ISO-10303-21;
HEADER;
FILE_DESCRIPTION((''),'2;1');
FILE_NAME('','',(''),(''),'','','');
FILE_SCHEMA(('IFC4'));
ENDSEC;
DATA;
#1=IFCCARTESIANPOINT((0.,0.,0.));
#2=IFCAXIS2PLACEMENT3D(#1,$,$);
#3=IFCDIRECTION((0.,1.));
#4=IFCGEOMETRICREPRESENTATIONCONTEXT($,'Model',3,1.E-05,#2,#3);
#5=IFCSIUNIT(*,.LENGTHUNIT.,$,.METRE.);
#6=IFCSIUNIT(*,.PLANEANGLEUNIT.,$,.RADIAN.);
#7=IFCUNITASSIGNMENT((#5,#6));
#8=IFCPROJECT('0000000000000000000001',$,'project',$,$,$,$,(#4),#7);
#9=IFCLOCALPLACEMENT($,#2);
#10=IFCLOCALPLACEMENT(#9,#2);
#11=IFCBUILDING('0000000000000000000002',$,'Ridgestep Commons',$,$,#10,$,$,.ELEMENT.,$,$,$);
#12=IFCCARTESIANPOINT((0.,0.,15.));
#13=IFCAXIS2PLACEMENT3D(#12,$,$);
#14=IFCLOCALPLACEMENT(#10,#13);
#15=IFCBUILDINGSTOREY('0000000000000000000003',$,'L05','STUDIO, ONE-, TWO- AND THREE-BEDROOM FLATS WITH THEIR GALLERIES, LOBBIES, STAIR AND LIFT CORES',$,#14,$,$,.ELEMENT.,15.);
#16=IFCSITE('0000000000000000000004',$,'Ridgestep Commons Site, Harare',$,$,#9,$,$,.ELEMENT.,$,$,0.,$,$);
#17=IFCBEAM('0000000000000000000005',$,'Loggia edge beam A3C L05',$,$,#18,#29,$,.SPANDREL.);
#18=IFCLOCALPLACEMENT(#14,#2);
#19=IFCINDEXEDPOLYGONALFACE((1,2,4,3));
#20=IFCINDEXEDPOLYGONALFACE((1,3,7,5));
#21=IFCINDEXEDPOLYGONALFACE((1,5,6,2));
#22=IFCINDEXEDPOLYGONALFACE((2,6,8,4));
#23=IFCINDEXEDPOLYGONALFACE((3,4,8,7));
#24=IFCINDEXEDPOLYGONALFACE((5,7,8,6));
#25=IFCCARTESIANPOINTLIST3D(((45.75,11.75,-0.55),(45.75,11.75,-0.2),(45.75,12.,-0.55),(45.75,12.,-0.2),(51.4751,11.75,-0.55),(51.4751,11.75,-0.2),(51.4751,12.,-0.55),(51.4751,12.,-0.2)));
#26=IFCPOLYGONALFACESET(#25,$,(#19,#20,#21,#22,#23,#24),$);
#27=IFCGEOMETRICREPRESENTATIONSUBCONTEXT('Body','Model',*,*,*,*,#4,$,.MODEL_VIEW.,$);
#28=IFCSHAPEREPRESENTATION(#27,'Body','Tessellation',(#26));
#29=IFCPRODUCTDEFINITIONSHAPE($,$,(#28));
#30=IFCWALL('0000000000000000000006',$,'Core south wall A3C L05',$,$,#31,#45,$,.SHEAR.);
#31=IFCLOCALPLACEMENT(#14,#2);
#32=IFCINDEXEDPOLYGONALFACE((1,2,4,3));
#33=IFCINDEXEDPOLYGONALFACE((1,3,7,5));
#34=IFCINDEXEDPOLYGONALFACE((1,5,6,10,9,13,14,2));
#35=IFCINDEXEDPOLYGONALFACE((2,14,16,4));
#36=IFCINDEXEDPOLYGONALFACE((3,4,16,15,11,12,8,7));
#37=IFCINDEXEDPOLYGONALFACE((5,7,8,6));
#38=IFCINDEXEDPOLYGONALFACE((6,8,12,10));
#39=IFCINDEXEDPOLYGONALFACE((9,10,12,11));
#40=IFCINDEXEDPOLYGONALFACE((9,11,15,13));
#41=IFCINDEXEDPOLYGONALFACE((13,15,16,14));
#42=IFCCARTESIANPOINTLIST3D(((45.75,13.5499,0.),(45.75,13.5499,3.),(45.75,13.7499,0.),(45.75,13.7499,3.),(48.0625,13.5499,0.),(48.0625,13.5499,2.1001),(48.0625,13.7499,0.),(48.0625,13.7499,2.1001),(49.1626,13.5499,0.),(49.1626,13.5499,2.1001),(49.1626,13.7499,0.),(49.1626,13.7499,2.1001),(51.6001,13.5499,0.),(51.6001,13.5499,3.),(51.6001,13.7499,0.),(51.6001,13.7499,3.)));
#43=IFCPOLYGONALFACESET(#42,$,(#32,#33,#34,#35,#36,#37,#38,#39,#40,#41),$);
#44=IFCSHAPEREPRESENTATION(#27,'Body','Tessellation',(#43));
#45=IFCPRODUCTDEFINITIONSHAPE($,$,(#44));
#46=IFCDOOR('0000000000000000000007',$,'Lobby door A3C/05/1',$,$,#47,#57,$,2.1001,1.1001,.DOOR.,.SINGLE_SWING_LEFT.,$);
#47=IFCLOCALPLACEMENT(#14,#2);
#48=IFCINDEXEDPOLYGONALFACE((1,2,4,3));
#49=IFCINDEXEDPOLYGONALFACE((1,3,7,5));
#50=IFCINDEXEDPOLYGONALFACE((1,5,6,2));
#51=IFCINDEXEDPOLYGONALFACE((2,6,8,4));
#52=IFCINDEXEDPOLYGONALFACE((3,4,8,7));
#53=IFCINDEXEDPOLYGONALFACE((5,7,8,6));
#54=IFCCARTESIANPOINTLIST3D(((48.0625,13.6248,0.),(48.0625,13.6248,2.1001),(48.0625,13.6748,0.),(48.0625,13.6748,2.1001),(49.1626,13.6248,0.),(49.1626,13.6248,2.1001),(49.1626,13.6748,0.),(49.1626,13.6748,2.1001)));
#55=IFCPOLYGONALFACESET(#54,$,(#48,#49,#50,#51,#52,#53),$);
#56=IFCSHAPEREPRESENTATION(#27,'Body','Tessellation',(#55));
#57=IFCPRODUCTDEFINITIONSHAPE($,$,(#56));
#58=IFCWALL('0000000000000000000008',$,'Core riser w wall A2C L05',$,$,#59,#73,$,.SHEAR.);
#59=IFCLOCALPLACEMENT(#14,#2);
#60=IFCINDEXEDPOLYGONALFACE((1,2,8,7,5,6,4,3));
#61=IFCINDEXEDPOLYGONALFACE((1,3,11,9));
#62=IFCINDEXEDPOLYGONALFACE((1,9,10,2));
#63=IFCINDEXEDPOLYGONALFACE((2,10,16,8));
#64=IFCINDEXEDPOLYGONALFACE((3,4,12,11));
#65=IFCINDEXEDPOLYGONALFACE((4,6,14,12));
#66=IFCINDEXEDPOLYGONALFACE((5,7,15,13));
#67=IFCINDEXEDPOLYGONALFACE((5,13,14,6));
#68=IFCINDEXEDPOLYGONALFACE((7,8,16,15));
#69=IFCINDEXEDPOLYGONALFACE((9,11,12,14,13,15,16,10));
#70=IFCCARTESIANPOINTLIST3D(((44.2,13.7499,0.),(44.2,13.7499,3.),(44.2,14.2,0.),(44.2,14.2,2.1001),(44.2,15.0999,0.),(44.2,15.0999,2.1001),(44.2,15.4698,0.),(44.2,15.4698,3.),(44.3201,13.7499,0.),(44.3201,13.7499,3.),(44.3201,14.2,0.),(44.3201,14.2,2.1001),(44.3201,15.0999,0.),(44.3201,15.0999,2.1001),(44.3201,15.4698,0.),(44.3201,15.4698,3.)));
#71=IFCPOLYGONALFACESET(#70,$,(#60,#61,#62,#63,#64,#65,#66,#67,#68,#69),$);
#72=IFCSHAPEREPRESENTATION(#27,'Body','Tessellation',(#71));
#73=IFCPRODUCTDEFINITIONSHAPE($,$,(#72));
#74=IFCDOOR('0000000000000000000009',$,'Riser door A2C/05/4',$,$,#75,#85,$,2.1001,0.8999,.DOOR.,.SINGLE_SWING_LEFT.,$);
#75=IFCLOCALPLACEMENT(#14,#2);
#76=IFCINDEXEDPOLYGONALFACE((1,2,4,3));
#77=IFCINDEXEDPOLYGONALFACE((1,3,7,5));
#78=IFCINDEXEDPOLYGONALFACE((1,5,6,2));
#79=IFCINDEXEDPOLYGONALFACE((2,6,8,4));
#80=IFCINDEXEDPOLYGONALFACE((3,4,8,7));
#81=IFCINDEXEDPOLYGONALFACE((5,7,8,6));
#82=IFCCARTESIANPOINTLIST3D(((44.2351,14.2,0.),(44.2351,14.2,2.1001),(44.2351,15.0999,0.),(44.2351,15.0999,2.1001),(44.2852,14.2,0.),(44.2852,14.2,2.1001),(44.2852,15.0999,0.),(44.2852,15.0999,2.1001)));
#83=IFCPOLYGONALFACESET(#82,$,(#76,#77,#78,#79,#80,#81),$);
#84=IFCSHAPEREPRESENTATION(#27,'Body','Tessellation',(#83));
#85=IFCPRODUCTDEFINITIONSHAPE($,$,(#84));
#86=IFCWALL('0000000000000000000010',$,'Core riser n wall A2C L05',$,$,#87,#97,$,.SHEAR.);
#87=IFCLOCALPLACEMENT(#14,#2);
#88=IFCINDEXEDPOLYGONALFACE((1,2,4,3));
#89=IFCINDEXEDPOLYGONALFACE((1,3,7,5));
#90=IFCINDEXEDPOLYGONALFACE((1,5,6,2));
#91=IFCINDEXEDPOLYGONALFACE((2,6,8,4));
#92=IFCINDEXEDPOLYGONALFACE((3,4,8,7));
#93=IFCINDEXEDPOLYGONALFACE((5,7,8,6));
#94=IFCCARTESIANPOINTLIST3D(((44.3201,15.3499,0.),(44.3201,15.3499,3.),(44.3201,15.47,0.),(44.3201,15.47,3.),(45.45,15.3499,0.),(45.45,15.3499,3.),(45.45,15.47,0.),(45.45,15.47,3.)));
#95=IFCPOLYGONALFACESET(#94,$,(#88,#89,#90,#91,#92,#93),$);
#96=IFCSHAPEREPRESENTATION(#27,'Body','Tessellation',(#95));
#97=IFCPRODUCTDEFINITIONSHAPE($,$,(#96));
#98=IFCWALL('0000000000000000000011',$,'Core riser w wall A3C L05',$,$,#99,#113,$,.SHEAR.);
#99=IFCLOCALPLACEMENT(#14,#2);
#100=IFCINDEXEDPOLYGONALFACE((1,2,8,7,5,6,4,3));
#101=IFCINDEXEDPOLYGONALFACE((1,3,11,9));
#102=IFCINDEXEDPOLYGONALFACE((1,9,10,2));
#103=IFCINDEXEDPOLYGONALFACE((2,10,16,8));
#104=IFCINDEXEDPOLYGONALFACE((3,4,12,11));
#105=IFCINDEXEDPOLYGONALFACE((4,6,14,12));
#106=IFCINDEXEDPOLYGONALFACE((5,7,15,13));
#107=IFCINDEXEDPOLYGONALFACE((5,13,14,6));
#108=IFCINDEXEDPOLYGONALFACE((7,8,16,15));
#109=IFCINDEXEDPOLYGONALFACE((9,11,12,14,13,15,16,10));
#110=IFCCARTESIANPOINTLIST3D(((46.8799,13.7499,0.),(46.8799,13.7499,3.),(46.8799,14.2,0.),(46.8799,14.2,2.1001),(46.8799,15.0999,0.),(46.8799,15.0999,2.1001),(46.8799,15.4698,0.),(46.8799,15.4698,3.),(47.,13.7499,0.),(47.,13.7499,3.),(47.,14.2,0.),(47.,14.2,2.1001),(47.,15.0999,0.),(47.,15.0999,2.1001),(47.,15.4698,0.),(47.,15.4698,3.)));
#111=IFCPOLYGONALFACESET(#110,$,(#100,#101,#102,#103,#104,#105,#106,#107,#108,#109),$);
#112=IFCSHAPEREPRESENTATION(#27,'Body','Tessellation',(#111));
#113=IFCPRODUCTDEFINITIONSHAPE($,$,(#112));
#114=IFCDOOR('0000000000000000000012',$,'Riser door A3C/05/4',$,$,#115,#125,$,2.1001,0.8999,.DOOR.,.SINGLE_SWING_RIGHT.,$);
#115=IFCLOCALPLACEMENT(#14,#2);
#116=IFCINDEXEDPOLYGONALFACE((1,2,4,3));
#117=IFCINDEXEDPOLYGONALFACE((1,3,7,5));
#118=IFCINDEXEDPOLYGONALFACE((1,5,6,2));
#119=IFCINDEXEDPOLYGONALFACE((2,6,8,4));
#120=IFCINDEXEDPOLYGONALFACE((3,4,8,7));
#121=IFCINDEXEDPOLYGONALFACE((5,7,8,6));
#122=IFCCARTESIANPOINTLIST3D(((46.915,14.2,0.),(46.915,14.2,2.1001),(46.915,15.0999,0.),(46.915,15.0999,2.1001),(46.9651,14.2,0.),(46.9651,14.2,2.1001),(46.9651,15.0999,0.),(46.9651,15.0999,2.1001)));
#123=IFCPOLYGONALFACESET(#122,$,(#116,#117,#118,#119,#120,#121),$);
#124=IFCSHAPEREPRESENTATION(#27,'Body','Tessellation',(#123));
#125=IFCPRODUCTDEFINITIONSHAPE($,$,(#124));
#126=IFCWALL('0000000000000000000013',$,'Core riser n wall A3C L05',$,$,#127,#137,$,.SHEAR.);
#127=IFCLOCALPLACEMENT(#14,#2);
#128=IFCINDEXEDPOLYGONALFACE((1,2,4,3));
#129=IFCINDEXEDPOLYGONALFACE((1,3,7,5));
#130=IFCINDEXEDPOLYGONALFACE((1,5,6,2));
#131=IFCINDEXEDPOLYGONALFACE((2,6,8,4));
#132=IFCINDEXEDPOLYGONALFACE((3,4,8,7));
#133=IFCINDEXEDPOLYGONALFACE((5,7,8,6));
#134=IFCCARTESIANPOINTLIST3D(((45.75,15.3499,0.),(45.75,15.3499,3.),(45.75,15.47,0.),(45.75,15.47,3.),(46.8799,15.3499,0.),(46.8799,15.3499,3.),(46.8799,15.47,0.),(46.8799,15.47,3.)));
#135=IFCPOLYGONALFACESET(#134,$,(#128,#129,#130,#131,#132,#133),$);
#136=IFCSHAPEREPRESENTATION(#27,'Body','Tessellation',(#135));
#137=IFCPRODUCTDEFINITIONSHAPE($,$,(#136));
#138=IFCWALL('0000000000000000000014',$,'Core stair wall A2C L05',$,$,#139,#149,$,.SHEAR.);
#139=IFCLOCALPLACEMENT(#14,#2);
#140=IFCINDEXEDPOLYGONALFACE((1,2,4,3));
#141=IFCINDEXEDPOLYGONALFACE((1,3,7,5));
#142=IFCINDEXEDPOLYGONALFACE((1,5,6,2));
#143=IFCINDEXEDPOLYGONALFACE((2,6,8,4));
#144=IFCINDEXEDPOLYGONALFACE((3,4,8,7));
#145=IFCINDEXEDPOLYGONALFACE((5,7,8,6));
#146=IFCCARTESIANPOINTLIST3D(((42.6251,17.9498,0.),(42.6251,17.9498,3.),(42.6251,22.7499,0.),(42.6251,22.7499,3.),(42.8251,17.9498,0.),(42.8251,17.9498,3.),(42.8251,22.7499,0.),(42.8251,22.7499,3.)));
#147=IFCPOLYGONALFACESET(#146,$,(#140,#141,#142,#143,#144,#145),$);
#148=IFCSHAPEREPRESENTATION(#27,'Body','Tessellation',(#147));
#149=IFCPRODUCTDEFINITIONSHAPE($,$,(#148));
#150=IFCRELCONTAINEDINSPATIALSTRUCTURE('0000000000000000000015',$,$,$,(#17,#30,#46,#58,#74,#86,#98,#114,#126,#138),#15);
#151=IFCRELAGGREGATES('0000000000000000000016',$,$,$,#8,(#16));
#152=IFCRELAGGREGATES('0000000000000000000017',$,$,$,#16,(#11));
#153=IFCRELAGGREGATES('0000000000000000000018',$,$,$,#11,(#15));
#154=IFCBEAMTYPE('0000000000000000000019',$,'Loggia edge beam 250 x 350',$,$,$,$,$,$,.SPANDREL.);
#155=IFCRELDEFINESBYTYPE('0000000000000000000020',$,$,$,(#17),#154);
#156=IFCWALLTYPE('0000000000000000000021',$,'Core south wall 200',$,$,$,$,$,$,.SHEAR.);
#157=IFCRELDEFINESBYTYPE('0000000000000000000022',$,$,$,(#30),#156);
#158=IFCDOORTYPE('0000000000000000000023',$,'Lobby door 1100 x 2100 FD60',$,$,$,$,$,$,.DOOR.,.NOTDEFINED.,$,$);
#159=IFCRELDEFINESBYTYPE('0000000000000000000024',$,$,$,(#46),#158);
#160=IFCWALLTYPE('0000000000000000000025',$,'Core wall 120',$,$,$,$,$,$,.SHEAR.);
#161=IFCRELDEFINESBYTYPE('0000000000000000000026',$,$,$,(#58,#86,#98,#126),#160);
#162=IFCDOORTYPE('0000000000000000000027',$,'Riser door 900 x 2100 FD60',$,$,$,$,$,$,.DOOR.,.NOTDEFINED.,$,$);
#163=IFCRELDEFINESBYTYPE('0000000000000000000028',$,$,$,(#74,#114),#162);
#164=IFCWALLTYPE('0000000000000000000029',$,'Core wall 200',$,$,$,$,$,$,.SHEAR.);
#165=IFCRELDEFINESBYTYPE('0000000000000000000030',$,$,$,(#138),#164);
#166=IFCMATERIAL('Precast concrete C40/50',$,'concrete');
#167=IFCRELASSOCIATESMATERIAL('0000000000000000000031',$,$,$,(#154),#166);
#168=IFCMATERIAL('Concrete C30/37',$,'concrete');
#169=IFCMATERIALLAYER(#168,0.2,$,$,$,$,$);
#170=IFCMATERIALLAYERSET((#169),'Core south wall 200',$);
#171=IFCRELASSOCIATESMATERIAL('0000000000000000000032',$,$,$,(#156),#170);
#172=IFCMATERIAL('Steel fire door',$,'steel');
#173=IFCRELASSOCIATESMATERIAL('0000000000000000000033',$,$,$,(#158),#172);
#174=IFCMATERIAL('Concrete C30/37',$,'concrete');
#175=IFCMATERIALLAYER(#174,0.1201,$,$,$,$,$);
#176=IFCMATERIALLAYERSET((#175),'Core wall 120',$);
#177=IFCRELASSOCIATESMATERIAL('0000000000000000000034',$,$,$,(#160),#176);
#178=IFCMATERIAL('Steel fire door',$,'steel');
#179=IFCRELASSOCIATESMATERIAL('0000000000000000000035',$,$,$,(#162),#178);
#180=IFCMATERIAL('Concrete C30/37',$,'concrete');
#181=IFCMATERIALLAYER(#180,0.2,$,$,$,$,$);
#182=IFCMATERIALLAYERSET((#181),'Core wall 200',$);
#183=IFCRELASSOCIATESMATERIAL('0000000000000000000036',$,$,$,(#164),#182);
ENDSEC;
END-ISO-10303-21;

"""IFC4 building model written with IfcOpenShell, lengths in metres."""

from ifc_helpers import new_model, si_unit, direction, frame, frame_2d, origin, origin_2d, place, context, subcontext, project, spatial, rectangle, extrude, material, layer, layer_set, material_profile, profile_set, type_object, element, fill, save


model = new_model("IFC4")

# Units and contexts
model_context = context("Model", 3, precision=1e-05, world=origin(), true_north=direction((0.0, 1.0)))
body_context = subcontext(model_context, "Body", "Model", "MODEL_VIEW")
ifc_project = project(units=[si_unit("LENGTHUNIT", "METRE"), si_unit("PLANEANGLEUNIT", "RADIAN")], contexts=[model_context])

# Site, building, storey
site_placement = place(None, origin())
site = spatial("IfcSite", under=ifc_project, at=site_placement, Name="Ridgestep Commons Site, Harare", CompositionType="ELEMENT", RefElevation=0.0)
building_placement = place(site_placement, origin())
building = spatial("IfcBuilding", under=site, at=building_placement, Name="Ridgestep Commons", CompositionType="ELEMENT")
storey_placement = place(building_placement, frame((0.0, 0.0, 15.0)))
storey = spatial("IfcBuildingStorey", under=building, at=storey_placement, Name="L05", Description="STUDIO, ONE-, TWO- AND THREE-BEDROOM FLATS WITH THEIR GALLERIES, LOBBIES, STAIR AND LIFT CORES", CompositionType="ELEMENT", Elevation=15.0)

# Beam
ifc_material_1 = material(Name="Precast concrete C40/50", Category="concrete")
ifc_material_profile = material_profile(ifc_material_1, rectangle(XDim=0.25, YDim=0.3501, at=origin_2d()), Name="PC 250x350")
ifc_profile_set = profile_set([ifc_material_profile], Name="Precast concrete C40/50")
beam_type = type_object("IfcBeamType", Name="Loggia edge beam 250 x 350", PredefinedType="SPANDREL", material=ifc_profile_set)
beam_placement = place(storey_placement, frame((45.75, 11.875, -0.375), z_axis=(1.0, 0.0, 0.0), x_axis=(0.0, 1.0, 0.0)))
element("IfcBeam", 1, at=beam_placement, inside=storey, type_object=beam_type, Name="Loggia edge beam A3C L05", PredefinedType="SPANDREL", context=body_context, shape_type="SweptSolid", body=[
    extrude(rectangle(XDim=0.25, YDim=0.3501, at=origin_2d()), origin(), (0.0, 0.0, 1.0), 5.7251),
])

# Walls, openings, doors
ifc_material_2 = material(Name="Concrete C30/37", Category="concrete")
ifc_layer_1 = layer(ifc_material_2, 0.2)
ifc_layer_set_1 = layer_set([ifc_layer_1], Name="Core south wall 200")
wall_type_1 = type_object("IfcWallType", Name="Core south wall 200", PredefinedType="SHEAR", material=ifc_layer_set_1)
wall_1_placement = place(storey_placement, frame((45.75, 13.6499, 0.0), z_axis=(0.0, 0.0, 1.0), x_axis=(1.0, 0.0, 0.0)))
wall_1 = element("IfcWall", 2, at=wall_1_placement, inside=storey, type_object=wall_type_1, Name="Core south wall A3C L05", PredefinedType="SHEAR", context=body_context, shape_type="SweptSolid", body=[
    extrude(rectangle(XDim=5.8501, YDim=0.2, at=frame_2d((2.925, 0.0))), origin(), (0.0, 0.0, 1.0), 3.0),
])
opening_1_placement = place(wall_1_placement, frame((2.3125, 0.0, 0.0)))
opening_1 = element("IfcOpeningElement", 3, at=opening_1_placement, cuts=wall_1, PredefinedType="OPENING", context=body_context, shape_type="SweptSolid", body=[
    extrude(rectangle(XDim=1.1001, YDim=2.1001, at=frame_2d((0.55, 1.05))), frame((0.0, 0.1099, 0.0), z_axis=(0.0, -1.0, 0.0), x_axis=(1.0, 0.0, 0.0)), (0.0, 0.0, 1.0), 0.22),
])
ifc_material_3 = material(Name="Steel fire door", Category="steel")
door_type_1 = type_object("IfcDoorType", Name="Lobby door 1100 x 2100 FD60", OperationType="NOTDEFINED", PredefinedType="DOOR", material=ifc_material_3)
door_1_placement = place(opening_1_placement, origin())
door_1 = element("IfcDoor", 4, at=door_1_placement, inside=storey, type_object=door_type_1, Name="Lobby door A3C/05/1", OperationType="SINGLE_SWING_LEFT", OverallHeight=2.1001, OverallWidth=1.1001, PredefinedType="DOOR", context=body_context, shape_type="SweptSolid", body=[
    extrude(rectangle(XDim=1.1001, YDim=2.1001, at=frame_2d((0.55, 1.05))), frame((0.0, 0.0249, 0.0), z_axis=(0.0, -1.0, 0.0), x_axis=(1.0, 0.0, 0.0)), (0.0, 0.0, 1.0), 0.05),
])
fill(opening_1, door_1)
ifc_material_4 = material(Name="Concrete C30/37", Category="concrete")
ifc_layer_2 = layer(ifc_material_4, 0.1201)
ifc_layer_set_2 = layer_set([ifc_layer_2], Name="Core wall 120")
wall_type_2 = type_object("IfcWallType", Name="Core wall 120", PredefinedType="SHEAR", material=ifc_layer_set_2)
wall_2_placement = place(storey_placement, frame((44.26, 13.75, 0.0), z_axis=(0.0, 0.0, 1.0), x_axis=(0.0, 1.0, 0.0)))
wall_2 = element("IfcWall", 5, at=wall_2_placement, inside=storey, type_object=wall_type_2, Name="Core riser w wall A2C L05", PredefinedType="SHEAR", context=body_context, shape_type="SweptSolid", body=[
    extrude(rectangle(XDim=1.72, YDim=0.1201, at=frame_2d((0.8599, 0.0))), origin(), (0.0, 0.0, 1.0), 3.0),
])
opening_2_placement = place(wall_2_placement, frame((0.45, 0.0, 0.0)))
opening_2 = element("IfcOpeningElement", 6, at=opening_2_placement, cuts=wall_2, PredefinedType="OPENING", context=body_context, shape_type="SweptSolid", body=[
    extrude(rectangle(XDim=0.8999, YDim=2.1001, at=frame_2d((0.45, 1.05))), frame((0.0, 0.0701, 0.0), z_axis=(0.0, -1.0, 0.0), x_axis=(1.0, 0.0, 0.0)), (0.0, 0.0, 1.0), 0.1401),
])
ifc_material_5 = material(Name="Steel fire door", Category="steel")
door_type_2 = type_object("IfcDoorType", Name="Riser door 900 x 2100 FD60", OperationType="NOTDEFINED", PredefinedType="DOOR", material=ifc_material_5)
door_2_placement = place(opening_2_placement, origin())
door_2 = element("IfcDoor", 7, at=door_2_placement, inside=storey, type_object=door_type_2, Name="Riser door A2C/05/4", OperationType="SINGLE_SWING_LEFT", OverallHeight=2.1001, OverallWidth=0.8999, PredefinedType="DOOR", context=body_context, shape_type="SweptSolid", body=[
    extrude(rectangle(XDim=0.8999, YDim=2.1001, at=frame_2d((0.45, 1.05))), frame((0.0, 0.0249, 0.0), z_axis=(0.0, -1.0, 0.0), x_axis=(1.0, 0.0, 0.0)), (0.0, 0.0, 1.0), 0.05),
])
fill(opening_2, door_2)

# Wall
wall_3_placement = place(storey_placement, frame((44.3201, 15.4099, 0.0), z_axis=(0.0, 0.0, 1.0), x_axis=(1.0, 0.0, 0.0)))
element("IfcWall", 8, at=wall_3_placement, inside=storey, type_object=wall_type_2, Name="Core riser n wall A2C L05", PredefinedType="SHEAR", context=body_context, shape_type="SweptSolid", body=[
    extrude(rectangle(XDim=1.1299, YDim=0.1201, at=frame_2d((0.5649, 0.0))), origin(), (0.0, 0.0, 1.0), 3.0),
])

# Wall, opening, door
wall_4_placement = place(storey_placement, frame((46.9399, 13.75, 0.0), z_axis=(0.0, 0.0, 1.0), x_axis=(0.0, 1.0, 0.0)))
wall_4 = element("IfcWall", 9, at=wall_4_placement, inside=storey, type_object=wall_type_2, Name="Core riser w wall A3C L05", PredefinedType="SHEAR", context=body_context, shape_type="SweptSolid", body=[
    extrude(rectangle(XDim=1.72, YDim=0.1201, at=frame_2d((0.8599, 0.0))), origin(), (0.0, 0.0, 1.0), 3.0),
])
opening_3_placement = place(wall_4_placement, frame((0.45, 0.0, 0.0)))
opening_3 = element("IfcOpeningElement", 10, at=opening_3_placement, cuts=wall_4, PredefinedType="OPENING", context=body_context, shape_type="SweptSolid", body=[
    extrude(rectangle(XDim=0.8999, YDim=2.1001, at=frame_2d((0.45, 1.05))), frame((0.0, 0.0701, 0.0), z_axis=(0.0, -1.0, 0.0), x_axis=(1.0, 0.0, 0.0)), (0.0, 0.0, 1.0), 0.1401),
])
door_3_placement = place(opening_3_placement, origin())
door_3 = element("IfcDoor", 11, at=door_3_placement, inside=storey, type_object=door_type_2, Name="Riser door A3C/05/4", OperationType="SINGLE_SWING_RIGHT", OverallHeight=2.1001, OverallWidth=0.8999, PredefinedType="DOOR", context=body_context, shape_type="SweptSolid", body=[
    extrude(rectangle(XDim=0.8999, YDim=2.1001, at=frame_2d((0.45, 1.05))), frame((0.0, 0.0249, 0.0), z_axis=(0.0, -1.0, 0.0), x_axis=(1.0, 0.0, 0.0)), (0.0, 0.0, 1.0), 0.05),
])
fill(opening_3, door_3)

# Walls
wall_5_placement = place(storey_placement, frame((45.75, 15.4099, 0.0), z_axis=(0.0, 0.0, 1.0), x_axis=(1.0, 0.0, 0.0)))
element("IfcWall", 12, at=wall_5_placement, inside=storey, type_object=wall_type_2, Name="Core riser n wall A3C L05", PredefinedType="SHEAR", context=body_context, shape_type="SweptSolid", body=[
    extrude(rectangle(XDim=1.1299, YDim=0.1201, at=frame_2d((0.5649, 0.0))), origin(), (0.0, 0.0, 1.0), 3.0),
])
ifc_material_6 = material(Name="Concrete C30/37", Category="concrete")
ifc_layer_3 = layer(ifc_material_6, 0.2)
ifc_layer_set_3 = layer_set([ifc_layer_3], Name="Core wall 200")
wall_type_3 = type_object("IfcWallType", Name="Core wall 200", PredefinedType="SHEAR", material=ifc_layer_set_3)
wall_6_placement = place(storey_placement, frame((42.7251, 17.95, 0.0), z_axis=(0.0, 0.0, 1.0), x_axis=(0.0, 1.0, 0.0)))
element("IfcWall", 13, at=wall_6_placement, inside=storey, type_object=wall_type_3, Name="Core stair wall A2C L05", PredefinedType="SHEAR", context=body_context, shape_type="SweptSolid", body=[
    extrude(rectangle(XDim=4.8, YDim=0.2, at=frame_2d((2.3999, 0.0))), origin(), (0.0, 0.0, 1.0), 3.0),
])

save(model, "model.ifc")
